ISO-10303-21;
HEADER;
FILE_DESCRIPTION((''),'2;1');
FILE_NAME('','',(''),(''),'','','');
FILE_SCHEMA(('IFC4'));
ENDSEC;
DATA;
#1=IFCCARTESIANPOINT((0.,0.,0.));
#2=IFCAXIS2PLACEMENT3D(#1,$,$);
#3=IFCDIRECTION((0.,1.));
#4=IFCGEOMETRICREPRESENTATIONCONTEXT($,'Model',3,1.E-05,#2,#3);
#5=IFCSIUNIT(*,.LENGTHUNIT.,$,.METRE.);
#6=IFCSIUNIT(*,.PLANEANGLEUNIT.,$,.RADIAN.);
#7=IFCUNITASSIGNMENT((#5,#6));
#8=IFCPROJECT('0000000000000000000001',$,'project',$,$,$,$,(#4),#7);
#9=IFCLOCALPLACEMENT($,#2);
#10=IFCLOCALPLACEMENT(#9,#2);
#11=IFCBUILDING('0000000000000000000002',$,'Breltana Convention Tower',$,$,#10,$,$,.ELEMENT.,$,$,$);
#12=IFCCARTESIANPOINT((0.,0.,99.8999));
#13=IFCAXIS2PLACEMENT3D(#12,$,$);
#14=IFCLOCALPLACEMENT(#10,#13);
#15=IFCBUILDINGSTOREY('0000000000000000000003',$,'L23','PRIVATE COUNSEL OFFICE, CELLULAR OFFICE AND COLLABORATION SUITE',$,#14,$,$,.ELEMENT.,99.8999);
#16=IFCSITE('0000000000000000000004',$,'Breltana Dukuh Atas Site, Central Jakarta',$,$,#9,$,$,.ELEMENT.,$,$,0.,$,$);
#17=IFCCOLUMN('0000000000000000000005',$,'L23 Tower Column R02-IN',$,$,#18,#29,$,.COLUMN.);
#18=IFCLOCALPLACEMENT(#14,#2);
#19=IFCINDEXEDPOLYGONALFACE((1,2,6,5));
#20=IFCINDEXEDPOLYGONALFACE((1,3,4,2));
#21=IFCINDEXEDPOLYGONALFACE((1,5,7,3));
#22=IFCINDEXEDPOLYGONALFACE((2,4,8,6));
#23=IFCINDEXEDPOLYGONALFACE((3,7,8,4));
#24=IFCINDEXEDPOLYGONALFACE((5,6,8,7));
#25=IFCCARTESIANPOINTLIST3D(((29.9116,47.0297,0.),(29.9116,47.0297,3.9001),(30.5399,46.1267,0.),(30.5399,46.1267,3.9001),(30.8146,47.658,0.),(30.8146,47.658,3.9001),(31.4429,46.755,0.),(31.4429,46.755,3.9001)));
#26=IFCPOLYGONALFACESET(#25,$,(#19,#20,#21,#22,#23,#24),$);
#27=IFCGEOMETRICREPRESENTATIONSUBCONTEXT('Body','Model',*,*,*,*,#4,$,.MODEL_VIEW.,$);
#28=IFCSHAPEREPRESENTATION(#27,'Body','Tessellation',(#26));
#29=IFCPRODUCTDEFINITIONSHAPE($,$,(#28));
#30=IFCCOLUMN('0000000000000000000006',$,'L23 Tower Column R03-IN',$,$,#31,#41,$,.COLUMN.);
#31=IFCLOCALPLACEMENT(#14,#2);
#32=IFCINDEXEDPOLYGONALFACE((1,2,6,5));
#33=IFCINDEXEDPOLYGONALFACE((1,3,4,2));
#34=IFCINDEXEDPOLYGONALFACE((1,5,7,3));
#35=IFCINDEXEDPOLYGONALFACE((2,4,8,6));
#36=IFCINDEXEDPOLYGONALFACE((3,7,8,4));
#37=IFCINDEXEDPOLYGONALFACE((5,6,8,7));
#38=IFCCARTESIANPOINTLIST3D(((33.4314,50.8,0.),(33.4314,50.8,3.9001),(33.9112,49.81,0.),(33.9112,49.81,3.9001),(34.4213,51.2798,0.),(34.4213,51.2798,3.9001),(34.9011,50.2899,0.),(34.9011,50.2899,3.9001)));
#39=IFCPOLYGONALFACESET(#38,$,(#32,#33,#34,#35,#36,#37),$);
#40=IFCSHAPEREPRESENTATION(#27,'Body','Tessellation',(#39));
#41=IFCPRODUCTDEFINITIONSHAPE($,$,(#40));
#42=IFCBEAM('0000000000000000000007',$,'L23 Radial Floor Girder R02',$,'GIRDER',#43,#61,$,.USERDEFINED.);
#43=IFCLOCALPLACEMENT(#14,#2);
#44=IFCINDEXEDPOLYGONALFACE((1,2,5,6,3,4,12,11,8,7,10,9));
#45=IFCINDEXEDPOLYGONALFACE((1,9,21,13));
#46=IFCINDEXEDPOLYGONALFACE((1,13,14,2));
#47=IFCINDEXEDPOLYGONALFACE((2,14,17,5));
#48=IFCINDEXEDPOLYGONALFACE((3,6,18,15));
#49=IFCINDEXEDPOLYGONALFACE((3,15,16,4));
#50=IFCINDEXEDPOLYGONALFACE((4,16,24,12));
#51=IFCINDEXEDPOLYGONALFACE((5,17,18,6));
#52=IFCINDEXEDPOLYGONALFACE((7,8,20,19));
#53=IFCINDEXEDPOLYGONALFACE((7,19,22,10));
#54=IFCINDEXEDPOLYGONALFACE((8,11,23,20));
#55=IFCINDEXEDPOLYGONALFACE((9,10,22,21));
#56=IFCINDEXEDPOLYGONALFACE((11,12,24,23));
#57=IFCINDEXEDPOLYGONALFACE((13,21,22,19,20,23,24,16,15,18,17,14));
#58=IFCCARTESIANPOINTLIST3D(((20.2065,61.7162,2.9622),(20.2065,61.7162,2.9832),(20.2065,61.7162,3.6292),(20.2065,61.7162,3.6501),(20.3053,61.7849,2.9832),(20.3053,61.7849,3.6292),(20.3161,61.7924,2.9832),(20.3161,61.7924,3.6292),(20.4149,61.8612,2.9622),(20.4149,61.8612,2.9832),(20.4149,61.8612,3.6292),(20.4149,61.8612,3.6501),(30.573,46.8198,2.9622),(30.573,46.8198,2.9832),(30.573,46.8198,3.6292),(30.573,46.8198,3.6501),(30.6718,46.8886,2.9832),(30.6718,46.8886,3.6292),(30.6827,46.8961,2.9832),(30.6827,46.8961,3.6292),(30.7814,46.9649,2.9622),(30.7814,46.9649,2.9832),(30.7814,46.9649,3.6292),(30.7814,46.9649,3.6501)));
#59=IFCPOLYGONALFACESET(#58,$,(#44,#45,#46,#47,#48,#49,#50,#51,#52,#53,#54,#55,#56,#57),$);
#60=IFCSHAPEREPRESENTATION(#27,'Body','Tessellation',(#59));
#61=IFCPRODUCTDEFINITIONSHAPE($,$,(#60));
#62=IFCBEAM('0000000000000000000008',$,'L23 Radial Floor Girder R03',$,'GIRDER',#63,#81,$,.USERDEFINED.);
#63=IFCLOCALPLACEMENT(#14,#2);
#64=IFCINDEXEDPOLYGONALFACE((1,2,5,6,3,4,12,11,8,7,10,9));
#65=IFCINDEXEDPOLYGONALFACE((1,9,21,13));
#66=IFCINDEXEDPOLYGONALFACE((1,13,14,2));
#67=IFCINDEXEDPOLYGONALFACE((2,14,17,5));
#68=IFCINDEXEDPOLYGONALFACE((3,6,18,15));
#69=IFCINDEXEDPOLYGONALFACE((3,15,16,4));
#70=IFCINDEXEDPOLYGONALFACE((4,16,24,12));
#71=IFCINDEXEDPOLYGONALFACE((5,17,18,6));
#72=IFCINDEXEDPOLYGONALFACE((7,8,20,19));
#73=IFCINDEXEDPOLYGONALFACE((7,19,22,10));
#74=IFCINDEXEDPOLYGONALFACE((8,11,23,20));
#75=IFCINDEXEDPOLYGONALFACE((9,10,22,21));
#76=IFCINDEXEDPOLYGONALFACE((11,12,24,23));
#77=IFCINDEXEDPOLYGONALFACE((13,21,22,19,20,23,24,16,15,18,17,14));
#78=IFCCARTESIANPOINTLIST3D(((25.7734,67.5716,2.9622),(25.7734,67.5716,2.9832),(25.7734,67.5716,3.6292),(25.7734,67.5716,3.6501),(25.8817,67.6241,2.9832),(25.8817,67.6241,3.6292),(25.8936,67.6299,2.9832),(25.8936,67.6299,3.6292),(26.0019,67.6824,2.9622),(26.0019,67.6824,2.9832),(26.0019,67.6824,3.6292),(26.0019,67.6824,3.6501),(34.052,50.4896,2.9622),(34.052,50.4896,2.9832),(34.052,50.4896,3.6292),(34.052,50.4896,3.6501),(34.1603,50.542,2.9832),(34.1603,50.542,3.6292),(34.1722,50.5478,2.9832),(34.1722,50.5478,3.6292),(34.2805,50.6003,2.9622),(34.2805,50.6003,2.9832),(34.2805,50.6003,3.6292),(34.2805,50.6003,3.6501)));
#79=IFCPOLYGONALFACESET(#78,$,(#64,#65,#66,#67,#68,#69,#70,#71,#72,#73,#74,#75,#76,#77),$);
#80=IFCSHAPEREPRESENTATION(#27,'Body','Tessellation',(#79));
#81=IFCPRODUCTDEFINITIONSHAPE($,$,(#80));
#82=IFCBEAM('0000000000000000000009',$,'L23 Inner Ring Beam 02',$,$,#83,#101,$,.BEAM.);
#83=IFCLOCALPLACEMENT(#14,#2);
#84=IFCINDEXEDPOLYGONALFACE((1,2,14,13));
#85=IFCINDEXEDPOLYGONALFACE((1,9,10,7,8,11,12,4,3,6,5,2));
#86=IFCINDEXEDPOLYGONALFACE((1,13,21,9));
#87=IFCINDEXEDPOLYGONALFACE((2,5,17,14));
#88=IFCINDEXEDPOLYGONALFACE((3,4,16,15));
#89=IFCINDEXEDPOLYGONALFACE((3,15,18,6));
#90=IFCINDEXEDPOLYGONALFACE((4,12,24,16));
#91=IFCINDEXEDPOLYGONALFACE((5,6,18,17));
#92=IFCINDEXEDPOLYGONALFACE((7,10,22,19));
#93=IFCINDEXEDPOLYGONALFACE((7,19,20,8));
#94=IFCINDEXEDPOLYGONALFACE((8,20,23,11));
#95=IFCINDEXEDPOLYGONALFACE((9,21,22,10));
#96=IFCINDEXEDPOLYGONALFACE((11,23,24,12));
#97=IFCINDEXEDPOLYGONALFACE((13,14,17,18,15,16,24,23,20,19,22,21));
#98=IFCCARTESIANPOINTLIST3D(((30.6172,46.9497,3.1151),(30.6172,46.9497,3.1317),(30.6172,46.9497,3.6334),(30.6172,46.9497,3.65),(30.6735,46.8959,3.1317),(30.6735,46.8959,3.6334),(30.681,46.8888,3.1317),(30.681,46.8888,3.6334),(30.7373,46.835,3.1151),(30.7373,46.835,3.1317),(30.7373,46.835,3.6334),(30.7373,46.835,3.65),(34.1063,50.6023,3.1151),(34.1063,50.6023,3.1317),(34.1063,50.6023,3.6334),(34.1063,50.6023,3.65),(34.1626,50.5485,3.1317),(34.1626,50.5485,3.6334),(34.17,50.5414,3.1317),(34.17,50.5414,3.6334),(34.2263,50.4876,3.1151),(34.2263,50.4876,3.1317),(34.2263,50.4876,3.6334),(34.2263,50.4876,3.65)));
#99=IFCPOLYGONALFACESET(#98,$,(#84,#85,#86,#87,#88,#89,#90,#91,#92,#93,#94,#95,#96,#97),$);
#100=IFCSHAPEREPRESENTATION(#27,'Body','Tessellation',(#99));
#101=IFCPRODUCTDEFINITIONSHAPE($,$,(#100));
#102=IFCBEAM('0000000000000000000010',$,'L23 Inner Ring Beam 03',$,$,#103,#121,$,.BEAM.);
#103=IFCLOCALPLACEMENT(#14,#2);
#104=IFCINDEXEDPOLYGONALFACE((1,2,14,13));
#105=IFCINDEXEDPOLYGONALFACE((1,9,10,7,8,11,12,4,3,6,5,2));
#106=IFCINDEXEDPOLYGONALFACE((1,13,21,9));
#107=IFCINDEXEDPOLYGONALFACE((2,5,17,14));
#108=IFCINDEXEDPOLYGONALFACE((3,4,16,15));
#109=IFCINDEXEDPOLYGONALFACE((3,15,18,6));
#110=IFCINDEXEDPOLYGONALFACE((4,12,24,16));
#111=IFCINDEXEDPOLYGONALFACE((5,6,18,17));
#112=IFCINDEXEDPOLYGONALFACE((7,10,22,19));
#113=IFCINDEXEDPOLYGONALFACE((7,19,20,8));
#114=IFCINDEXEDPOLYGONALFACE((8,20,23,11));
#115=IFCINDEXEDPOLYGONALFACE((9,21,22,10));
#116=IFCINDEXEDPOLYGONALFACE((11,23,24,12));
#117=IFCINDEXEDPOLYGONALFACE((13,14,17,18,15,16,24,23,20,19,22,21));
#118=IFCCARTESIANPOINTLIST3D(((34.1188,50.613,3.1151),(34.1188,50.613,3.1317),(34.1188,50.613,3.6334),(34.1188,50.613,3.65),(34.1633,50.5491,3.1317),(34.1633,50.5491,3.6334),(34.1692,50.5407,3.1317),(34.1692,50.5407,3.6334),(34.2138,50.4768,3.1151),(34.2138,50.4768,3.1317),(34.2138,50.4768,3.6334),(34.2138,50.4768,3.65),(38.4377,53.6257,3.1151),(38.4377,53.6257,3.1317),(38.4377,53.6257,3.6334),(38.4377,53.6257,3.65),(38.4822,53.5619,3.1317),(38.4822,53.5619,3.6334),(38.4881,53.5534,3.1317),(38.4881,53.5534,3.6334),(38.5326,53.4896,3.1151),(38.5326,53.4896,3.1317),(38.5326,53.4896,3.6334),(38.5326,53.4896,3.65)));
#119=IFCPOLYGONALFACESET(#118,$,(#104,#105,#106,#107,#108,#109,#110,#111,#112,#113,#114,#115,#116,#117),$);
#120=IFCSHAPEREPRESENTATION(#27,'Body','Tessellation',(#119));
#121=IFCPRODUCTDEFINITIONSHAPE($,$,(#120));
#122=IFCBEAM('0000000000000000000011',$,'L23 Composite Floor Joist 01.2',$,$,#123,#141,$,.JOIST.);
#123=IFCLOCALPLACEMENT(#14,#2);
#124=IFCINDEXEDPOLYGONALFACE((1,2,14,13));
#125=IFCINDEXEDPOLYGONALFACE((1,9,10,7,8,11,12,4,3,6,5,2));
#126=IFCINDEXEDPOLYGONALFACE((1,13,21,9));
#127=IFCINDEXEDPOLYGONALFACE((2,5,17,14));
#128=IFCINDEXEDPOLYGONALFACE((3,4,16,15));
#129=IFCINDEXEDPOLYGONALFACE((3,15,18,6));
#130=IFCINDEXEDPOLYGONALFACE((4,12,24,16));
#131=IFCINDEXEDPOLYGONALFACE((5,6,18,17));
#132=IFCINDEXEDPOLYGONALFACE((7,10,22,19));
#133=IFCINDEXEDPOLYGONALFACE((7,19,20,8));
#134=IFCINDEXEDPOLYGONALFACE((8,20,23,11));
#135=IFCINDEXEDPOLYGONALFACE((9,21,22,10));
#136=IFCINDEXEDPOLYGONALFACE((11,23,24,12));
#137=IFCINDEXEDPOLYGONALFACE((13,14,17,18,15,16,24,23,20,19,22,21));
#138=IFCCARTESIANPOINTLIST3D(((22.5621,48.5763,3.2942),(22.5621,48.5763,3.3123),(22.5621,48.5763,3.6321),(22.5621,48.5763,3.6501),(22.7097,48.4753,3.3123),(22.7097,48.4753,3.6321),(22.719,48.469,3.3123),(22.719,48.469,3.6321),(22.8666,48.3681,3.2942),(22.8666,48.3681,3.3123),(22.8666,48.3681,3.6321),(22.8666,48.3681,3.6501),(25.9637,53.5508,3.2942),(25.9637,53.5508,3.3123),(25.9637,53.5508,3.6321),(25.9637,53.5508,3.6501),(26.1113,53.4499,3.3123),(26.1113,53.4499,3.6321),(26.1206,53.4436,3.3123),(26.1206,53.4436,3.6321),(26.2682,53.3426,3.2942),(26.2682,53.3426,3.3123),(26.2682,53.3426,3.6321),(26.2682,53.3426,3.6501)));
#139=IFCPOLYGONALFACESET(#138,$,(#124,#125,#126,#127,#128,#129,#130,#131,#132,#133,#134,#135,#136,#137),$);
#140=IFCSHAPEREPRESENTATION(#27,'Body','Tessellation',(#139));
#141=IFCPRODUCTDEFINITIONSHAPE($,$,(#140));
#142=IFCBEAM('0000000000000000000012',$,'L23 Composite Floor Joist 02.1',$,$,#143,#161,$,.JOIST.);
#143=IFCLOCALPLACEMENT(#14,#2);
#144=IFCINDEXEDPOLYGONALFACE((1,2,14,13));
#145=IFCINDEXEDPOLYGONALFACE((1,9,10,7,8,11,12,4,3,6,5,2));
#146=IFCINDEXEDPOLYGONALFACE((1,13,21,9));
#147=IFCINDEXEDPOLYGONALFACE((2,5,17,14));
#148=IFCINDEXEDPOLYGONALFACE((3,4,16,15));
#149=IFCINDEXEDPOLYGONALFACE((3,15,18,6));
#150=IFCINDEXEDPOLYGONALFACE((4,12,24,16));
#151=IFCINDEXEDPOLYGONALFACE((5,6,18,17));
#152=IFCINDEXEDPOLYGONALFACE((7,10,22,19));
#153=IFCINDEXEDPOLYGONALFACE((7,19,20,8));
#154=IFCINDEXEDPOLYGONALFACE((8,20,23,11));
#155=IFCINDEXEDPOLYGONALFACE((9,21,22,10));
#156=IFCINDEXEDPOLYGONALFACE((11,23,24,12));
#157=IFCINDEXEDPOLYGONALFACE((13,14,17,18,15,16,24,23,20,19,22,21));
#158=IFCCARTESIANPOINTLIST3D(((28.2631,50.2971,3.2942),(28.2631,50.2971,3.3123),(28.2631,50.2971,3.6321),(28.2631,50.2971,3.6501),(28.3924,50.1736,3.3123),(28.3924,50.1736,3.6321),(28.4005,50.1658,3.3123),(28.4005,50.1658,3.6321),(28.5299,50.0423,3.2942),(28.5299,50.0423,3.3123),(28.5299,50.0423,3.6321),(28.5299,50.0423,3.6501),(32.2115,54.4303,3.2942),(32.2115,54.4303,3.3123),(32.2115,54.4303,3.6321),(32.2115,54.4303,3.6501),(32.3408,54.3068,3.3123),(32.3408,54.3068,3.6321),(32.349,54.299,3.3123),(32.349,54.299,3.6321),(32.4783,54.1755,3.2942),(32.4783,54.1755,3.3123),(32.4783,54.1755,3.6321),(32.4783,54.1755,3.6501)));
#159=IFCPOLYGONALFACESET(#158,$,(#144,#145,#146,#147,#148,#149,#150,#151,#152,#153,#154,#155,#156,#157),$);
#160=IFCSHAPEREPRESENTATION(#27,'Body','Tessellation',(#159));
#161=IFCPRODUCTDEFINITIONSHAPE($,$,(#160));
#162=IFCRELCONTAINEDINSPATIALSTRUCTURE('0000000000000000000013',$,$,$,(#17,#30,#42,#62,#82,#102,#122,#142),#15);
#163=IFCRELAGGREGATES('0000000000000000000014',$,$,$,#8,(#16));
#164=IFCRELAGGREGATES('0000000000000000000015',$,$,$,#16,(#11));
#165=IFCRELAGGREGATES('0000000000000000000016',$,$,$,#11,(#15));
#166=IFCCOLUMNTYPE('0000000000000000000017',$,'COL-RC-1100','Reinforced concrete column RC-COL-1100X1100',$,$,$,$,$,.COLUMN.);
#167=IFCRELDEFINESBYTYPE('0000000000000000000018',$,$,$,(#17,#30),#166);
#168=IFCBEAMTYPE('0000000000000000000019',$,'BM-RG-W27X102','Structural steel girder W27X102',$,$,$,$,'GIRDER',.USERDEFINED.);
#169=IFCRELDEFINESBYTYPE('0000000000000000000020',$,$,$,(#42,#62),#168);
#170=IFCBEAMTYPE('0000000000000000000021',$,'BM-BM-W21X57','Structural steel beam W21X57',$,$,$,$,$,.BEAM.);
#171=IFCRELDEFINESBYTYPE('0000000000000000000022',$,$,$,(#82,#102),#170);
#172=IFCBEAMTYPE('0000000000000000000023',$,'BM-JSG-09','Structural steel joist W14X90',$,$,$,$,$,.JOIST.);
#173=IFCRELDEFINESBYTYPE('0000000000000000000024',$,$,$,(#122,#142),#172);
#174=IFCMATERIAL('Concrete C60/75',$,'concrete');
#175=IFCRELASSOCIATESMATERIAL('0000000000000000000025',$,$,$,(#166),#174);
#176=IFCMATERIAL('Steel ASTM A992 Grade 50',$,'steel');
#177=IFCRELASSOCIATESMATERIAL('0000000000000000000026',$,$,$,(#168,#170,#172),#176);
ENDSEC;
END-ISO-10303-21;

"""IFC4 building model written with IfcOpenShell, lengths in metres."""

from ifc_helpers import new_model, si_unit, direction, frame, origin, origin_2d, place, context, subcontext, project, spatial, rectangle, i_section, extrude, source, transform, mapped, material, material_profile, profile_set, type_object, element, save


model = new_model("IFC4")

# Units and contexts
model_context = context("Model", 3, precision=1e-05, world=origin(), true_north=direction((0.0, 1.0)))
body_context = subcontext(model_context, "Body", "Model", "MODEL_VIEW")
ifc_project = project(units=[si_unit("LENGTHUNIT", "METRE"), si_unit("PLANEANGLEUNIT", "RADIAN")], contexts=[model_context])

# Site, building, storey
site_placement = place(None, origin())
site = spatial("IfcSite", under=ifc_project, at=site_placement, Name="Breltana Dukuh Atas Site, Central Jakarta", CompositionType="ELEMENT", RefElevation=0.0)
building_placement = place(site_placement, origin())
building = spatial("IfcBuilding", under=site, at=building_placement, Name="Breltana Convention Tower", CompositionType="ELEMENT")
storey_placement = place(building_placement, frame((0.0, 0.0, 99.8999)))
storey = spatial("IfcBuildingStorey", under=building, at=storey_placement, Name="L23", Description="PRIVATE COUNSEL OFFICE, CELLULAR OFFICE AND COLLABORATION SUITE", CompositionType="ELEMENT", Elevation=99.8999)

# Columns
ifc_material_1 = material(Name="Concrete C60/75", Category="concrete")
ifc_material_profile_1 = material_profile(ifc_material_1, rectangle(XDim=1.1001, YDim=1.1001, at=origin_2d()), Name="RC-COL-1100X1100")
ifc_profile_set_1 = profile_set([ifc_material_profile_1], Name="Concrete C60/75")
column_type = type_object("IfcColumnType", Name="COL-RC-1100", Description="Reinforced concrete column RC-COL-1100X1100", PredefinedType="COLUMN", material=ifc_profile_set_1)
shared_shape_1 = source(origin(), body_context, "Body", "SweptSolid", [
    extrude(rectangle(XDim=1.1001, YDim=1.1001, at=origin_2d()), origin(), (0.0, 0.0, 1.0), 3.9001),
])
for number, where, z_axis, x_axis, name in (
    (1, (30.6772, 46.8923, 0.0), (0.0, 0.0, 1.0), (-0.571143, 0.82085, 0.0), "L23 Tower Column R02-IN"),
    (2, (34.1663, 50.5449, 0.0), (0.0, 0.0, 1.0), (-0.436174, 0.899863, 0.0), "L23 Tower Column R03-IN"),
):
    element("IfcColumn", number, at=place(storey_placement, frame(where, z_axis=z_axis, x_axis=x_axis)), inside=storey, type_object=column_type, Name=name, PredefinedType="COLUMN", context=body_context, shape_type="MappedRepresentation", body=[
        mapped(shared_shape_1, transform((0.0, 0.0, 0.0), scale=1.0)),
    ])

# Beams
ifc_material_2 = material(Name="Steel ASTM A992 Grade 50", Category="steel")
ifc_material_profile_2 = material_profile(ifc_material_2, i_section(OverallWidth=0.2539, OverallDepth=0.688, WebThickness=0.0132, FlangeThickness=0.021, at=origin_2d()), Name="W27X102")
ifc_profile_set_2 = profile_set([ifc_material_profile_2], Name="Steel ASTM A992 Grade 50")
beam_type_1 = type_object("IfcBeamType", Name="BM-RG-W27X102", Description="Structural steel girder W27X102", ElementType="GIRDER", PredefinedType="USERDEFINED", material=ifc_profile_set_2)
shared_shape_2 = source(origin(), body_context, "Body", "SweptSolid", [
    extrude(i_section(OverallWidth=0.2539, OverallDepth=0.688, WebThickness=0.0132, FlangeThickness=0.021, at=origin_2d()), origin(), (0.0, 0.0, 1.0), 18.1484),
])
beam_1_placement = place(storey_placement, frame((30.6772, 46.8923, 3.3062), z_axis=(-0.571208, 0.820806, 0.0), x_axis=(-0.820806, -0.571208, 0.0)))
element("IfcBeam", 3, at=beam_1_placement, inside=storey, type_object=beam_type_1, Name="L23 Radial Floor Girder R02", ObjectType="GIRDER", PredefinedType="USERDEFINED", context=body_context, shape_type="MappedRepresentation", body=[
    mapped(shared_shape_2, transform((0.0, 0.0, 0.0), scale=1.0)),
])
shared_shape_3 = source(origin(), body_context, "Body", "SweptSolid", [
    extrude(i_section(OverallWidth=0.2539, OverallDepth=0.688, WebThickness=0.0132, FlangeThickness=0.021, at=origin_2d()), origin(), (0.0, 0.0, 1.0), 18.9824),
])
beam_2_placement = place(storey_placement, frame((34.1663, 50.5449, 3.3062), z_axis=(-0.436119, 0.899889, 0.0), x_axis=(-0.899889, -0.436119, 0.0)))
element("IfcBeam", 4, at=beam_2_placement, inside=storey, type_object=beam_type_1, Name="L23 Radial Floor Girder R03", ObjectType="GIRDER", PredefinedType="USERDEFINED", context=body_context, shape_type="MappedRepresentation", body=[
    mapped(shared_shape_3, transform((0.0, 0.0, 0.0), scale=1.0)),
])
ifc_material_profile_3 = material_profile(ifc_material_2, i_section(OverallWidth=0.166, OverallDepth=0.5349, WebThickness=0.0103, FlangeThickness=0.0166, at=origin_2d()), Name="W21X57")
ifc_profile_set_3 = profile_set([ifc_material_profile_3], Name="Steel ASTM A992 Grade 50")
beam_type_2 = type_object("IfcBeamType", Name="BM-BM-W21X57", Description="Structural steel beam W21X57", PredefinedType="BEAM", material=ifc_profile_set_3)
shared_shape_4 = source(origin(), body_context, "Body", "SweptSolid", [
    extrude(i_section(OverallWidth=0.166, OverallDepth=0.5349, WebThickness=0.0103, FlangeThickness=0.0166, at=origin_2d()), origin(), (0.0, 0.0, 1.0), 5.0513),
])
beam_3_placement = place(storey_placement, frame((30.6772, 46.8923, 3.3826), z_axis=(0.69073, 0.723113, 0.0), x_axis=(-0.723113, 0.69073, 0.0)))
element("IfcBeam", 5, at=beam_3_placement, inside=storey, type_object=beam_type_2, Name="L23 Inner Ring Beam 02", PredefinedType="BEAM", context=body_context, shape_type="MappedRepresentation", body=[
    mapped(shared_shape_4, transform((0.0, 0.0, 0.0), scale=1.0)),
])
shared_shape_5 = source(origin(), body_context, "Body", "SweptSolid", [
    extrude(i_section(OverallWidth=0.166, OverallDepth=0.5349, WebThickness=0.0103, FlangeThickness=0.0166, at=origin_2d()), origin(), (0.0, 0.0, 1.0), 5.2659),
])
beam_4_placement = place(storey_placement, frame((34.1663, 50.5449, 3.3826), z_axis=(0.820167, 0.572124, 0.0), x_axis=(-0.572124, 0.820167, 0.0)))
element("IfcBeam", 6, at=beam_4_placement, inside=storey, type_object=beam_type_2, Name="L23 Inner Ring Beam 03", PredefinedType="BEAM", context=body_context, shape_type="MappedRepresentation", body=[
    mapped(shared_shape_5, transform((0.0, 0.0, 0.0), scale=1.0)),
])
ifc_material_profile_4 = material_profile(ifc_material_2, i_section(OverallWidth=0.3689, OverallDepth=0.356, WebThickness=0.0112, FlangeThickness=0.0181, at=origin_2d()), Name="W14X90")
ifc_profile_set_4 = profile_set([ifc_material_profile_4], Name="Steel ASTM A992 Grade 50")
beam_type_3 = type_object("IfcBeamType", Name="BM-JSG-09", Description="Structural steel joist W14X90", PredefinedType="JOIST", material=ifc_profile_set_4)
shared_shape_6 = source(origin(), body_context, "Body", "SweptSolid", [
    extrude(i_section(OverallWidth=0.3689, OverallDepth=0.356, WebThickness=0.0112, FlangeThickness=0.0181, at=origin_2d()), origin(), (0.0, 0.0, 1.0), 6.0264),
])
beam_5_placement = place(storey_placement, frame((22.7144, 48.4722, 3.4722), z_axis=(0.56445, 0.825467, 0.0), x_axis=(-0.825467, 0.56445, 0.0)))
element("IfcBeam", 7, at=beam_5_placement, inside=storey, type_object=beam_type_3, Name="L23 Composite Floor Joist 01.2", PredefinedType="JOIST", context=body_context, shape_type="MappedRepresentation", body=[
    mapped(shared_shape_6, transform((0.0, 0.0, 0.0), scale=1.0)),
])
shared_shape_7 = source(origin(), body_context, "Body", "SweptSolid", [
    extrude(i_section(OverallWidth=0.3689, OverallDepth=0.356, WebThickness=0.0112, FlangeThickness=0.0181, at=origin_2d()), origin(), (0.0, 0.0, 1.0), 5.7161),
])
beam_6_placement = place(storey_placement, frame((28.3965, 50.1697, 3.4722), z_axis=(0.690756, 0.723088, 0.0), x_axis=(-0.723088, 0.690756, 0.0)))
element("IfcBeam", 8, at=beam_6_placement, inside=storey, type_object=beam_type_3, Name="L23 Composite Floor Joist 02.1", PredefinedType="JOIST", context=body_context, shape_type="MappedRepresentation", body=[
    mapped(shared_shape_7, transform((0.0, 0.0, 0.0), scale=1.0)),
])

save(model, "model.ifc")
